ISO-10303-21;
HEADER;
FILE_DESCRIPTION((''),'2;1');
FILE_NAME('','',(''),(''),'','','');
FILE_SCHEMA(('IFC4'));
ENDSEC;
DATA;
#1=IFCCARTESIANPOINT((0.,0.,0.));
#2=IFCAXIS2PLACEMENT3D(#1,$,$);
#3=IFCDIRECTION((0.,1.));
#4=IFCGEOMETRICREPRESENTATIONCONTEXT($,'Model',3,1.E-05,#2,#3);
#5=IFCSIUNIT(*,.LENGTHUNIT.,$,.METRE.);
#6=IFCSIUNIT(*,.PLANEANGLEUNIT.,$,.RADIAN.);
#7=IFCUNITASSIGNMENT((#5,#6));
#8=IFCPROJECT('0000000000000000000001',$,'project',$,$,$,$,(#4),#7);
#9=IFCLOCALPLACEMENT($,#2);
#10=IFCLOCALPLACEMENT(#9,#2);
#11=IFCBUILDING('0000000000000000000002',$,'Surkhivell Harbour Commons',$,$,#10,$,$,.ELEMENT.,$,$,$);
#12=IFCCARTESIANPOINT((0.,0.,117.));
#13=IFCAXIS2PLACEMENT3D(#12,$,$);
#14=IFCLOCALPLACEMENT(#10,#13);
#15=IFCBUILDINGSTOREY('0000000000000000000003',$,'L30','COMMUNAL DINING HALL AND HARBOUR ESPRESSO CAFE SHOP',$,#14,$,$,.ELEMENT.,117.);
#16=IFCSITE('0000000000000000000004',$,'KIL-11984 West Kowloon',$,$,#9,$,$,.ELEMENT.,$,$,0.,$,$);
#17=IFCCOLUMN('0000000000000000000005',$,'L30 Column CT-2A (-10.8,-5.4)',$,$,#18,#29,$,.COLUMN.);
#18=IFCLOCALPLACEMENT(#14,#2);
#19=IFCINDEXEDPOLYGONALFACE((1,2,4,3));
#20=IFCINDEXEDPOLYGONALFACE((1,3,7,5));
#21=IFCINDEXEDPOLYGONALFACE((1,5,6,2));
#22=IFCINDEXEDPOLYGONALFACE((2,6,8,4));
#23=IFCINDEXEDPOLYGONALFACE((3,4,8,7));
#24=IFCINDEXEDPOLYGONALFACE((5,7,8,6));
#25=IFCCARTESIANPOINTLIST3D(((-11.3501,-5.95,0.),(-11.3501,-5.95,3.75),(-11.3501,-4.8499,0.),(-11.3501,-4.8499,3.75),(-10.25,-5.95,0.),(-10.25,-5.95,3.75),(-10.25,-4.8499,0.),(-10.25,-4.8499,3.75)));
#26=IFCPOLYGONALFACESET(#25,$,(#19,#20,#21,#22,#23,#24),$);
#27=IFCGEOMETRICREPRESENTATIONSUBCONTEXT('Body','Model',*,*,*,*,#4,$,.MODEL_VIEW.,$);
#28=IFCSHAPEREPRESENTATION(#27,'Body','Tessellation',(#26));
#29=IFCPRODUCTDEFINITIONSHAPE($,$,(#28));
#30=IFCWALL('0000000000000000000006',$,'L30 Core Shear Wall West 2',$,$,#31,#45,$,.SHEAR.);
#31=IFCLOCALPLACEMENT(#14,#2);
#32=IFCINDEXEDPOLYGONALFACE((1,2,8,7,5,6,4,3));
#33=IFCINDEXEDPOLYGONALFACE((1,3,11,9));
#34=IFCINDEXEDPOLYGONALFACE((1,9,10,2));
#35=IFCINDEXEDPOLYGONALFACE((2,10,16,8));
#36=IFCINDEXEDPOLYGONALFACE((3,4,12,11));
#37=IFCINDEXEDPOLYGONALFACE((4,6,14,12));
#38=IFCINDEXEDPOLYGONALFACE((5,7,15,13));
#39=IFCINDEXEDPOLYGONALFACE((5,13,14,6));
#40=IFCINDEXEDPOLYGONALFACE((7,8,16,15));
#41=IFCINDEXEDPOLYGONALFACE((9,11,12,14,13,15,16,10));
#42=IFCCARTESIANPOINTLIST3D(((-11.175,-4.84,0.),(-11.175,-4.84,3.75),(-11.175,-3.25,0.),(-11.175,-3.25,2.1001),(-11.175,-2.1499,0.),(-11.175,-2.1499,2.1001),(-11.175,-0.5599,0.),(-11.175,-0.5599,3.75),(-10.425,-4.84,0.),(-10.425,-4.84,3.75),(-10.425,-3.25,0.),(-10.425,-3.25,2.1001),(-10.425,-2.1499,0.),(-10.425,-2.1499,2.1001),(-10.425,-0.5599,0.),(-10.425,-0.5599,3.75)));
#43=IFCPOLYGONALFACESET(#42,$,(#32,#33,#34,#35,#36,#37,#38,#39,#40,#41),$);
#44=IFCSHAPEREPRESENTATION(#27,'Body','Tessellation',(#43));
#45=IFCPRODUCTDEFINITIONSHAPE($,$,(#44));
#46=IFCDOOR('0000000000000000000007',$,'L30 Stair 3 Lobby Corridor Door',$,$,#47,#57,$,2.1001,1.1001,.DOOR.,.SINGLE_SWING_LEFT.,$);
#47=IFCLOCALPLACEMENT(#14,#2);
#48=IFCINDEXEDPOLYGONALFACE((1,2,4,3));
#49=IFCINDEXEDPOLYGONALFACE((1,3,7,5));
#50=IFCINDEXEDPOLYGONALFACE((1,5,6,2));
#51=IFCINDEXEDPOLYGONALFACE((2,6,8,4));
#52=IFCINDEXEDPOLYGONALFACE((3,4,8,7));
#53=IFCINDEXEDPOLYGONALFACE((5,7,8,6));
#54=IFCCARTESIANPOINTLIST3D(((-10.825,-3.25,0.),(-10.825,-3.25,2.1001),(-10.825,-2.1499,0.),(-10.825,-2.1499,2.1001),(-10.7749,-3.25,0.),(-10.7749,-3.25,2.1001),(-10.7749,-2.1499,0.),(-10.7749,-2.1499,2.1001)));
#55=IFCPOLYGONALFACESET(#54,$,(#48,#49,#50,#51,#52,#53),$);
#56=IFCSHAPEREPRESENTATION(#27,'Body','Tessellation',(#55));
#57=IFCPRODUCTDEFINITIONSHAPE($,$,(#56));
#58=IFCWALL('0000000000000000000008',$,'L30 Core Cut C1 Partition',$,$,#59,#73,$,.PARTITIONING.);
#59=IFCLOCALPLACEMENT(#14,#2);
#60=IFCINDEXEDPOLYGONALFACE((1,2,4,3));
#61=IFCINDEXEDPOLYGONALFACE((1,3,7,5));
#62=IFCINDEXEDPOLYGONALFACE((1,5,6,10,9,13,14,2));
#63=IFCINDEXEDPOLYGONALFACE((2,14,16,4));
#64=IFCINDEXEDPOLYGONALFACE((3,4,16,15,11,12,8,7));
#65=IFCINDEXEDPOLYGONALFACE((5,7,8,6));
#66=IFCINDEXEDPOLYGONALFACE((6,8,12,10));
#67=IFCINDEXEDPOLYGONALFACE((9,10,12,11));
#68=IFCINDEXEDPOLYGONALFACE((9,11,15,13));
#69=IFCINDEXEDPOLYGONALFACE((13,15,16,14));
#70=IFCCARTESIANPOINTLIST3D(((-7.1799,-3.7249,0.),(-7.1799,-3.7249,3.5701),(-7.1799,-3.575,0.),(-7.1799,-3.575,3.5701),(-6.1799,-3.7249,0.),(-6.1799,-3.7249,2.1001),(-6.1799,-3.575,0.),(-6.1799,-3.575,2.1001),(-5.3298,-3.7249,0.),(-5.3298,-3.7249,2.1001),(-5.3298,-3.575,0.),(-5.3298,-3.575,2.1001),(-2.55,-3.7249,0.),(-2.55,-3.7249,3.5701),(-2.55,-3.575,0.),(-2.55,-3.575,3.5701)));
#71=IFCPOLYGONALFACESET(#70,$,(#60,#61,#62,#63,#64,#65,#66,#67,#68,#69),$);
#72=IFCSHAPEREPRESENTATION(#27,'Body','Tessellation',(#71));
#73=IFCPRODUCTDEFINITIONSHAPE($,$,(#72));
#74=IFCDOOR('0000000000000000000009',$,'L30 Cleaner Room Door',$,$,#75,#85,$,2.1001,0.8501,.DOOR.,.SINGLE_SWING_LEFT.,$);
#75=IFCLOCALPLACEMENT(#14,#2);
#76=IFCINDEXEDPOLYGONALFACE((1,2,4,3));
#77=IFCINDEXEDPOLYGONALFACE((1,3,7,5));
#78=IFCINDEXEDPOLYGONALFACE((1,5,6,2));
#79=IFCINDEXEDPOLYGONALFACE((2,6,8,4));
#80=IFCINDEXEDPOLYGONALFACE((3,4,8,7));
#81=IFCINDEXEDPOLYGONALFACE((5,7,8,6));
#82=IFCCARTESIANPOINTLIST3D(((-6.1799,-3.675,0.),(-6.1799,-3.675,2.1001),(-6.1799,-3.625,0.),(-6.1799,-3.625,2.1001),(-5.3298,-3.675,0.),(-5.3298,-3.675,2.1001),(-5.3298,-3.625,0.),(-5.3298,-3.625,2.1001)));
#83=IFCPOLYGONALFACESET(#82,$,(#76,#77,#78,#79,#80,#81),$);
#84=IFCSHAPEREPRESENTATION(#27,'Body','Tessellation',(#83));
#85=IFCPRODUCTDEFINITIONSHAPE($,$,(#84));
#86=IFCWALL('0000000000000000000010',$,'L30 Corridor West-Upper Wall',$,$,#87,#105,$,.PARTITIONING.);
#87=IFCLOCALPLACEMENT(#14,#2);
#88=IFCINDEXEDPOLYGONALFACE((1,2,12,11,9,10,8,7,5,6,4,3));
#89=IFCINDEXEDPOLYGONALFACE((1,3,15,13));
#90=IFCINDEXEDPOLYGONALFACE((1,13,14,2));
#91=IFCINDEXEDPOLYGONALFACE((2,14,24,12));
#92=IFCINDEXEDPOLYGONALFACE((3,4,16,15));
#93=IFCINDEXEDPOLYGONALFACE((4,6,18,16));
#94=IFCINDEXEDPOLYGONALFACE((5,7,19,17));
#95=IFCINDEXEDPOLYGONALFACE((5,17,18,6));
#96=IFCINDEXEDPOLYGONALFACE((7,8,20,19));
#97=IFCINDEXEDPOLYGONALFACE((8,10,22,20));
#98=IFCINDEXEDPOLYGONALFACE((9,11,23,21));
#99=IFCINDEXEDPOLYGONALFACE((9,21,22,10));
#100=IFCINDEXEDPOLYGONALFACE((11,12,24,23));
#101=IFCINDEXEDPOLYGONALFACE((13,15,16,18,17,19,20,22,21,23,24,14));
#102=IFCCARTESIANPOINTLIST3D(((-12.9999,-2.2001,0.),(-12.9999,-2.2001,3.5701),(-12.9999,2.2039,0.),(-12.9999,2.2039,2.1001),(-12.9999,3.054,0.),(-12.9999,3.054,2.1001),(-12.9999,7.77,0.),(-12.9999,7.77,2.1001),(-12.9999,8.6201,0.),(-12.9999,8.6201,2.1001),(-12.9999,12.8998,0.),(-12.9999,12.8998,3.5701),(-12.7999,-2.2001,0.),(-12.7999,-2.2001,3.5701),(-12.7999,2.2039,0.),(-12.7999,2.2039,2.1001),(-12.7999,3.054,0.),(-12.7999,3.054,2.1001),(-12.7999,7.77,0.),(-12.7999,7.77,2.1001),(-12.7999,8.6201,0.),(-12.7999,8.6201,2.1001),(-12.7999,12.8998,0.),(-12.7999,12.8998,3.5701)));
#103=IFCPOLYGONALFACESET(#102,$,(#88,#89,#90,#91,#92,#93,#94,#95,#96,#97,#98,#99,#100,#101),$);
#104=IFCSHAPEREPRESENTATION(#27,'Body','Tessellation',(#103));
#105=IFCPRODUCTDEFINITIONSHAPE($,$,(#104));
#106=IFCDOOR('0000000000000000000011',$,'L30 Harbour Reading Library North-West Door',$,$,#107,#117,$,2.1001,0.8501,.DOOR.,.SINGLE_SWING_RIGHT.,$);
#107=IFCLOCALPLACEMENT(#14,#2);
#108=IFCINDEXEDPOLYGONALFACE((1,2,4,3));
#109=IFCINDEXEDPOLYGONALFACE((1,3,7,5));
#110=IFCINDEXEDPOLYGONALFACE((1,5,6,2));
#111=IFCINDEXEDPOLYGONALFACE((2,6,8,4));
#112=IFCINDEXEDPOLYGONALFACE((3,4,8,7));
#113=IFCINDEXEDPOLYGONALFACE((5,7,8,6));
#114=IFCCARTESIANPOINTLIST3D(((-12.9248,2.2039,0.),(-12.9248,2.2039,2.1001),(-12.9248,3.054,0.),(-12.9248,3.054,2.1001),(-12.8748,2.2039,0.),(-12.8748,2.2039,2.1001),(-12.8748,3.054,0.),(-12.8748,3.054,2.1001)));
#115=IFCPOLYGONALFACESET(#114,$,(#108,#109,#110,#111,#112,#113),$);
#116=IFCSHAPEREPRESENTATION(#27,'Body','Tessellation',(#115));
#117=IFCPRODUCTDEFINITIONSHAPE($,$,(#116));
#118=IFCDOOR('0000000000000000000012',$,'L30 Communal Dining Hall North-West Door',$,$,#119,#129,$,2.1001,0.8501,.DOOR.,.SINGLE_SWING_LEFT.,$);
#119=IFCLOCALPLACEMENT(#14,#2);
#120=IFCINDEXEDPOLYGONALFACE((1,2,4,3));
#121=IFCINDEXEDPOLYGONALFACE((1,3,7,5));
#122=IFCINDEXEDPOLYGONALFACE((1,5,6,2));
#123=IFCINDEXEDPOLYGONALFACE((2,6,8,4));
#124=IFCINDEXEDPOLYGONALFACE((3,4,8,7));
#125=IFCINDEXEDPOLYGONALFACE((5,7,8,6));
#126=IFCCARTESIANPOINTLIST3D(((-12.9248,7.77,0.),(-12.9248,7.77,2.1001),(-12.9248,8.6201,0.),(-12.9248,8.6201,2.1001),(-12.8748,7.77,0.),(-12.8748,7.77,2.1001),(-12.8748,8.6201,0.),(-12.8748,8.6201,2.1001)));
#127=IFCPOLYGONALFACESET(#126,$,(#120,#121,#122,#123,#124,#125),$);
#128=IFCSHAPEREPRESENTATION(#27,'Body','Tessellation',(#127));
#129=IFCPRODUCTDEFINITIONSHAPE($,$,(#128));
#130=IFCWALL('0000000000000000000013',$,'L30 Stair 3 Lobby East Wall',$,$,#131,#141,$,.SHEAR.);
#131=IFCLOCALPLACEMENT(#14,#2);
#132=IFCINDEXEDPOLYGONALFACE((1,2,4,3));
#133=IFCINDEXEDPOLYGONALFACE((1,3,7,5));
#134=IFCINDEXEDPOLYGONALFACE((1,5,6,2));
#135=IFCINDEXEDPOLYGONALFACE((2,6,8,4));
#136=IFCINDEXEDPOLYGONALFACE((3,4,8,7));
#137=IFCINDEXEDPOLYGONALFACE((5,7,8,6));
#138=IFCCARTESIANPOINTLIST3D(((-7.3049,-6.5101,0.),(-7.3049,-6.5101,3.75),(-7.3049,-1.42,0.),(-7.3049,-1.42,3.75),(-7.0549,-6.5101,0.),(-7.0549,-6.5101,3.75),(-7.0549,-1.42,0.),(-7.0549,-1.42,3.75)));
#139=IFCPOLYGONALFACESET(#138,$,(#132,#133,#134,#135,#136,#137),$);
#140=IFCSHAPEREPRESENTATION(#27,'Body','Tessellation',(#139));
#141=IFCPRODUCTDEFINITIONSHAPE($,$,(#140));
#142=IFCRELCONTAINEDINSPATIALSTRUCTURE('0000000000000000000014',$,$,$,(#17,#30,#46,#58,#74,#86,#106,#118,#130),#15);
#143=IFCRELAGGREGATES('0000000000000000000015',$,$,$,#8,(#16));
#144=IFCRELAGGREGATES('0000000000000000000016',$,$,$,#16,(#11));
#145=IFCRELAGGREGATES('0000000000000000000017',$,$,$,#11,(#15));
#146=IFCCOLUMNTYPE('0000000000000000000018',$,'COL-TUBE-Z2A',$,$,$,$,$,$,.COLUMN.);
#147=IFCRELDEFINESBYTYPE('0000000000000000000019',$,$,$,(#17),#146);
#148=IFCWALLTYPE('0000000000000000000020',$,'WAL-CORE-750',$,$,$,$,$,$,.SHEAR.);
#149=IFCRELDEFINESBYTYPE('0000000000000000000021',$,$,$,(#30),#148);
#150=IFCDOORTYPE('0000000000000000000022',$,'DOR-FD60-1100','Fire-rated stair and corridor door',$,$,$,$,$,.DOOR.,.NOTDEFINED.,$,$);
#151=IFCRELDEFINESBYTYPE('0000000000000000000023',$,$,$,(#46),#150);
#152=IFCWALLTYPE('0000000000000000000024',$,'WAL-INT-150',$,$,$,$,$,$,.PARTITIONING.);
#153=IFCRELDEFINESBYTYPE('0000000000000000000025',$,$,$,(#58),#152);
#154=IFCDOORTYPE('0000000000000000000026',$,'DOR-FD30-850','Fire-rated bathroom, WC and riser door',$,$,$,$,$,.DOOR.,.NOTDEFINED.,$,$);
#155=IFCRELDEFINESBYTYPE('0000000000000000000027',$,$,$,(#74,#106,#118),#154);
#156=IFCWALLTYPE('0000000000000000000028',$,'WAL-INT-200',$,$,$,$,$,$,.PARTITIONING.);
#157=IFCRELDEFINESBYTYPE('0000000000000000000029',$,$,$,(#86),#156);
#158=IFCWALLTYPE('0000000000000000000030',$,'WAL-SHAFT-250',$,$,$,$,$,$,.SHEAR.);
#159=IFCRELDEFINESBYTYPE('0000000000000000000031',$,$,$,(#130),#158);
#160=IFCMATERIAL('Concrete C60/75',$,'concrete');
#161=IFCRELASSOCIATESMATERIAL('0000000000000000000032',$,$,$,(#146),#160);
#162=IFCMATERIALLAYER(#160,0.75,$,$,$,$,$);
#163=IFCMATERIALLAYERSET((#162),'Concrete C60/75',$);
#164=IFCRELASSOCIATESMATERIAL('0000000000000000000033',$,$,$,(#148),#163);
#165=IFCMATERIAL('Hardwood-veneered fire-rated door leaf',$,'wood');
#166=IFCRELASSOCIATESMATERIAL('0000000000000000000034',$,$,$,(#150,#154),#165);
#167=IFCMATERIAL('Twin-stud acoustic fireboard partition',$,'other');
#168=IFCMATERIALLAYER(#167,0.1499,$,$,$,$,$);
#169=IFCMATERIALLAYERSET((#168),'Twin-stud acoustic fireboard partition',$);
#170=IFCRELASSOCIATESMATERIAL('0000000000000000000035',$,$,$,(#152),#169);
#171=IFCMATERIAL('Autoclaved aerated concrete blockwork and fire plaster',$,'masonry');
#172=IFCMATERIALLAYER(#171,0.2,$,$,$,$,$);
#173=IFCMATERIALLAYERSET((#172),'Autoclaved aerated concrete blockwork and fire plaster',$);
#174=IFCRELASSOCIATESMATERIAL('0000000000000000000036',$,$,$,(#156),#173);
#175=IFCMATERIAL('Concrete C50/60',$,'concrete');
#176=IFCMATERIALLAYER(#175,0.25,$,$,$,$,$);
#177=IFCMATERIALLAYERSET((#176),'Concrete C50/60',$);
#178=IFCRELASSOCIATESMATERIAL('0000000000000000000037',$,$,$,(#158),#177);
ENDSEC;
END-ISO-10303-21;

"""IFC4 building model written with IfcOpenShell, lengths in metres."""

from ifc_helpers import new_model, si_unit, direction, frame, frame_2d, origin, origin_2d, place, context, subcontext, project, spatial, rectangle, extrude, material, layer, layer_set, material_profile, profile_set, type_object, element, fill, save


model = new_model("IFC4")

# Units and contexts
model_context = context("Model", 3, precision=1e-05, world=origin(), true_north=direction((0.0, 1.0)))
body_context = subcontext(model_context, "Body", "Model", "MODEL_VIEW")
ifc_project = project(units=[si_unit("LENGTHUNIT", "METRE"), si_unit("PLANEANGLEUNIT", "RADIAN")], contexts=[model_context])

# Site, building, storey
site_placement = place(None, origin())
site = spatial("IfcSite", under=ifc_project, at=site_placement, Name="KIL-11984 West Kowloon", CompositionType="ELEMENT", RefElevation=0.0)
building_placement = place(site_placement, origin())
building = spatial("IfcBuilding", under=site, at=building_placement, Name="Surkhivell Harbour Commons", CompositionType="ELEMENT")
storey_placement = place(building_placement, frame((0.0, 0.0, 117.0)))
storey = spatial("IfcBuildingStorey", under=building, at=storey_placement, Name="L30", Description="COMMUNAL DINING HALL AND HARBOUR ESPRESSO CAFE SHOP", CompositionType="ELEMENT", Elevation=117.0)

# Column
ifc_material_1 = material(Name="Concrete C60/75", Category="concrete")
ifc_material_profile = material_profile(ifc_material_1, rectangle(XDim=1.1001, YDim=1.1001, at=origin_2d()), Name="RC-COL-1100x1100")
ifc_profile_set = profile_set([ifc_material_profile], Name="Concrete C60/75")
column_type = type_object("IfcColumnType", Name="COL-TUBE-Z2A", PredefinedType="COLUMN", material=ifc_profile_set)
column_placement = place(storey_placement, frame((-10.8, -5.3999, 0.0), z_axis=(0.0, 0.0, 1.0), x_axis=(1.0, 0.0, 0.0)))
element("IfcColumn", 1, at=column_placement, inside=storey, type_object=column_type, Name="L30 Column CT-2A (-10.8,-5.4)", PredefinedType="COLUMN", context=body_context, shape_type="SweptSolid", body=[
    extrude(rectangle(XDim=1.1001, YDim=1.1001, at=origin_2d()), origin(), (0.0, 0.0, 1.0), 3.75),
])

# Walls, openings, doors
ifc_layer_1 = layer(ifc_material_1, 0.75)
ifc_layer_set_1 = layer_set([ifc_layer_1], Name="Concrete C60/75")
wall_type_1 = type_object("IfcWallType", Name="WAL-CORE-750", PredefinedType="SHEAR", material=ifc_layer_set_1)
wall_1_placement = place(storey_placement, frame((-10.8, -4.8401, 0.0), z_axis=(0.0, 0.0, 1.0), x_axis=(0.0, 1.0, 0.0)))
wall_1 = element("IfcWall", 2, at=wall_1_placement, inside=storey, type_object=wall_type_1, Name="L30 Core Shear Wall West 2", PredefinedType="SHEAR", context=body_context, shape_type="SweptSolid", body=[
    extrude(rectangle(XDim=4.28, YDim=0.75, at=frame_2d((2.1401, 0.0))), origin(), (0.0, 0.0, 1.0), 3.75),
])
opening_1_placement = place(wall_1_placement, frame((1.5901, 0.0, 0.0)))
opening_1 = element("IfcOpeningElement", 3, at=opening_1_placement, cuts=wall_1, PredefinedType="OPENING", context=body_context, shape_type="SweptSolid", body=[
    extrude(rectangle(XDim=1.1001, YDim=2.1001, at=frame_2d((0.55, 1.05))), frame((0.0, 0.385, 0.0), z_axis=(0.0, -1.0, 0.0), x_axis=(1.0, 0.0, 0.0)), (0.0, 0.0, 1.0), 0.77),
])
ifc_material_2 = material(Name="Hardwood-veneered fire-rated door leaf", Category="wood")
door_type_1 = type_object("IfcDoorType", Name="DOR-FD60-1100", Description="Fire-rated stair and corridor door", OperationType="NOTDEFINED", PredefinedType="DOOR", material=ifc_material_2)
door_1_placement = place(opening_1_placement, origin())
door_1 = element("IfcDoor", 4, at=door_1_placement, inside=storey, type_object=door_type_1, Name="L30 Stair 3 Lobby Corridor Door", OperationType="SINGLE_SWING_LEFT", OverallHeight=2.1001, OverallWidth=1.1001, PredefinedType="DOOR", context=body_context, shape_type="SweptSolid", body=[
    extrude(rectangle(XDim=1.1001, YDim=2.1001, at=frame_2d((0.55, 1.05))), frame((0.0, 0.0249, 0.0), z_axis=(0.0, -1.0, 0.0), x_axis=(1.0, 0.0, 0.0)), (0.0, 0.0, 1.0), 0.05),
])
fill(opening_1, door_1)
ifc_material_3 = material(Name="Twin-stud acoustic fireboard partition", Category="other")
ifc_layer_2 = layer(ifc_material_3, 0.1499)
ifc_layer_set_2 = layer_set([ifc_layer_2], Name="Twin-stud acoustic fireboard partition")
wall_type_2 = type_object("IfcWallType", Name="WAL-INT-150", PredefinedType="PARTITIONING", material=ifc_layer_set_2)
wall_2_placement = place(storey_placement, frame((-7.1799, -3.6499, 0.0), z_axis=(0.0, 0.0, 1.0), x_axis=(1.0, 0.0, 0.0)))
wall_2 = element("IfcWall", 5, at=wall_2_placement, inside=storey, type_object=wall_type_2, Name="L30 Core Cut C1 Partition", PredefinedType="PARTITIONING", context=body_context, shape_type="SweptSolid", body=[
    extrude(rectangle(XDim=4.6299, YDim=0.1499, at=frame_2d((2.3149, 0.0))), origin(), (0.0, 0.0, 1.0), 3.5701),
])
opening_2_placement = place(wall_2_placement, frame((1.0, 0.0, 0.0)))
opening_2 = element("IfcOpeningElement", 6, at=opening_2_placement, cuts=wall_2, PredefinedType="OPENING", context=body_context, shape_type="SweptSolid", body=[
    extrude(rectangle(XDim=0.8501, YDim=2.1001, at=frame_2d((0.425, 1.05))), frame((0.0, 0.085, 0.0), z_axis=(0.0, -1.0, 0.0), x_axis=(1.0, 0.0, 0.0)), (0.0, 0.0, 1.0), 0.1699),
])
door_type_2 = type_object("IfcDoorType", Name="DOR-FD30-850", Description="Fire-rated bathroom, WC and riser door", OperationType="NOTDEFINED", PredefinedType="DOOR", material=ifc_material_2)
door_2_placement = place(opening_2_placement, origin())
door_2 = element("IfcDoor", 7, at=door_2_placement, inside=storey, type_object=door_type_2, Name="L30 Cleaner Room Door", OperationType="SINGLE_SWING_LEFT", OverallHeight=2.1001, OverallWidth=0.8501, PredefinedType="DOOR", context=body_context, shape_type="SweptSolid", body=[
    extrude(rectangle(XDim=0.8501, YDim=2.1001, at=frame_2d((0.425, 1.05))), frame((0.0, 0.0249, 0.0), z_axis=(0.0, -1.0, 0.0), x_axis=(1.0, 0.0, 0.0)), (0.0, 0.0, 1.0), 0.05),
])
fill(opening_2, door_2)

# Wall, openings, doors
ifc_material_4 = material(Name="Autoclaved aerated concrete blockwork and fire plaster", Category="masonry")
ifc_layer_3 = layer(ifc_material_4, 0.2)
ifc_layer_set_3 = layer_set([ifc_layer_3], Name="Autoclaved aerated concrete blockwork and fire plaster")
wall_type_3 = type_object("IfcWallType", Name="WAL-INT-200", PredefinedType="PARTITIONING", material=ifc_layer_set_3)
wall_3_placement = place(storey_placement, frame((-12.8999, -2.2, 0.0), z_axis=(0.0, 0.0, 1.0), x_axis=(0.0, 1.0, 0.0)))
wall_3 = element("IfcWall", 8, at=wall_3_placement, inside=storey, type_object=wall_type_3, Name="L30 Corridor West-Upper Wall", PredefinedType="PARTITIONING", context=body_context, shape_type="SweptSolid", body=[
    extrude(rectangle(XDim=15.0999, YDim=0.2, at=frame_2d((7.5498, 0.0))), origin(), (0.0, 0.0, 1.0), 3.5701),
])
opening_3_placement = place(wall_3_placement, frame((4.4038, 0.0, 0.0)))
opening_3 = element("IfcOpeningElement", 9, at=opening_3_placement, cuts=wall_3, PredefinedType="OPENING", context=body_context, shape_type="SweptSolid", body=[
    extrude(rectangle(XDim=0.8501, YDim=2.1001, at=frame_2d((0.425, 1.05))), frame((0.0, 0.1099, 0.0), z_axis=(0.0, -1.0, 0.0), x_axis=(1.0, 0.0, 0.0)), (0.0, 0.0, 1.0), 0.22),
])
opening_4_placement = place(wall_3_placement, frame((9.97, 0.0, 0.0)))
opening_4 = element("IfcOpeningElement", 10, at=opening_4_placement, cuts=wall_3, PredefinedType="OPENING", context=body_context, shape_type="SweptSolid", body=[
    extrude(rectangle(XDim=0.8501, YDim=2.1001, at=frame_2d((0.425, 1.05))), frame((0.0, 0.1099, 0.0), z_axis=(0.0, -1.0, 0.0), x_axis=(1.0, 0.0, 0.0)), (0.0, 0.0, 1.0), 0.22),
])
door_3_placement = place(opening_3_placement, origin())
door_3 = element("IfcDoor", 11, at=door_3_placement, inside=storey, type_object=door_type_2, Name="L30 Harbour Reading Library North-West Door", OperationType="SINGLE_SWING_RIGHT", OverallHeight=2.1001, OverallWidth=0.8501, PredefinedType="DOOR", context=body_context, shape_type="SweptSolid", body=[
    extrude(rectangle(XDim=0.8501, YDim=2.1001, at=frame_2d((0.425, 1.05))), frame((0.0, 0.0249, 0.0), z_axis=(0.0, -1.0, 0.0), x_axis=(1.0, 0.0, 0.0)), (0.0, 0.0, 1.0), 0.05),
])
fill(opening_3, door_3)
door_4_placement = place(opening_4_placement, origin())
door_4 = element("IfcDoor", 12, at=door_4_placement, inside=storey, type_object=door_type_2, Name="L30 Communal Dining Hall North-West Door", OperationType="SINGLE_SWING_LEFT", OverallHeight=2.1001, OverallWidth=0.8501, PredefinedType="DOOR", context=body_context, shape_type="SweptSolid", body=[
    extrude(rectangle(XDim=0.8501, YDim=2.1001, at=frame_2d((0.425, 1.05))), frame((0.0, 0.0249, 0.0), z_axis=(0.0, -1.0, 0.0), x_axis=(1.0, 0.0, 0.0)), (0.0, 0.0, 1.0), 0.05),
])
fill(opening_4, door_4)

# Wall
ifc_material_5 = material(Name="Concrete C50/60", Category="concrete")
ifc_layer_4 = layer(ifc_material_5, 0.25)
ifc_layer_set_4 = layer_set([ifc_layer_4], Name="Concrete C50/60")
wall_type_4 = type_object("IfcWallType", Name="WAL-SHAFT-250", PredefinedType="SHEAR", material=ifc_layer_set_4)
wall_4_placement = place(storey_placement, frame((-7.1799, -6.51, 0.0), z_axis=(0.0, 0.0, 1.0), x_axis=(0.0, 1.0, 0.0)))
element("IfcWall", 13, at=wall_4_placement, inside=storey, type_object=wall_type_4, Name="L30 Stair 3 Lobby East Wall", PredefinedType="SHEAR", context=body_context, shape_type="SweptSolid", body=[
    extrude(rectangle(XDim=5.0901, YDim=0.25, at=frame_2d((2.5449, 0.0))), origin(), (0.0, 0.0, 1.0), 3.75),
])

save(model, "model.ifc")
